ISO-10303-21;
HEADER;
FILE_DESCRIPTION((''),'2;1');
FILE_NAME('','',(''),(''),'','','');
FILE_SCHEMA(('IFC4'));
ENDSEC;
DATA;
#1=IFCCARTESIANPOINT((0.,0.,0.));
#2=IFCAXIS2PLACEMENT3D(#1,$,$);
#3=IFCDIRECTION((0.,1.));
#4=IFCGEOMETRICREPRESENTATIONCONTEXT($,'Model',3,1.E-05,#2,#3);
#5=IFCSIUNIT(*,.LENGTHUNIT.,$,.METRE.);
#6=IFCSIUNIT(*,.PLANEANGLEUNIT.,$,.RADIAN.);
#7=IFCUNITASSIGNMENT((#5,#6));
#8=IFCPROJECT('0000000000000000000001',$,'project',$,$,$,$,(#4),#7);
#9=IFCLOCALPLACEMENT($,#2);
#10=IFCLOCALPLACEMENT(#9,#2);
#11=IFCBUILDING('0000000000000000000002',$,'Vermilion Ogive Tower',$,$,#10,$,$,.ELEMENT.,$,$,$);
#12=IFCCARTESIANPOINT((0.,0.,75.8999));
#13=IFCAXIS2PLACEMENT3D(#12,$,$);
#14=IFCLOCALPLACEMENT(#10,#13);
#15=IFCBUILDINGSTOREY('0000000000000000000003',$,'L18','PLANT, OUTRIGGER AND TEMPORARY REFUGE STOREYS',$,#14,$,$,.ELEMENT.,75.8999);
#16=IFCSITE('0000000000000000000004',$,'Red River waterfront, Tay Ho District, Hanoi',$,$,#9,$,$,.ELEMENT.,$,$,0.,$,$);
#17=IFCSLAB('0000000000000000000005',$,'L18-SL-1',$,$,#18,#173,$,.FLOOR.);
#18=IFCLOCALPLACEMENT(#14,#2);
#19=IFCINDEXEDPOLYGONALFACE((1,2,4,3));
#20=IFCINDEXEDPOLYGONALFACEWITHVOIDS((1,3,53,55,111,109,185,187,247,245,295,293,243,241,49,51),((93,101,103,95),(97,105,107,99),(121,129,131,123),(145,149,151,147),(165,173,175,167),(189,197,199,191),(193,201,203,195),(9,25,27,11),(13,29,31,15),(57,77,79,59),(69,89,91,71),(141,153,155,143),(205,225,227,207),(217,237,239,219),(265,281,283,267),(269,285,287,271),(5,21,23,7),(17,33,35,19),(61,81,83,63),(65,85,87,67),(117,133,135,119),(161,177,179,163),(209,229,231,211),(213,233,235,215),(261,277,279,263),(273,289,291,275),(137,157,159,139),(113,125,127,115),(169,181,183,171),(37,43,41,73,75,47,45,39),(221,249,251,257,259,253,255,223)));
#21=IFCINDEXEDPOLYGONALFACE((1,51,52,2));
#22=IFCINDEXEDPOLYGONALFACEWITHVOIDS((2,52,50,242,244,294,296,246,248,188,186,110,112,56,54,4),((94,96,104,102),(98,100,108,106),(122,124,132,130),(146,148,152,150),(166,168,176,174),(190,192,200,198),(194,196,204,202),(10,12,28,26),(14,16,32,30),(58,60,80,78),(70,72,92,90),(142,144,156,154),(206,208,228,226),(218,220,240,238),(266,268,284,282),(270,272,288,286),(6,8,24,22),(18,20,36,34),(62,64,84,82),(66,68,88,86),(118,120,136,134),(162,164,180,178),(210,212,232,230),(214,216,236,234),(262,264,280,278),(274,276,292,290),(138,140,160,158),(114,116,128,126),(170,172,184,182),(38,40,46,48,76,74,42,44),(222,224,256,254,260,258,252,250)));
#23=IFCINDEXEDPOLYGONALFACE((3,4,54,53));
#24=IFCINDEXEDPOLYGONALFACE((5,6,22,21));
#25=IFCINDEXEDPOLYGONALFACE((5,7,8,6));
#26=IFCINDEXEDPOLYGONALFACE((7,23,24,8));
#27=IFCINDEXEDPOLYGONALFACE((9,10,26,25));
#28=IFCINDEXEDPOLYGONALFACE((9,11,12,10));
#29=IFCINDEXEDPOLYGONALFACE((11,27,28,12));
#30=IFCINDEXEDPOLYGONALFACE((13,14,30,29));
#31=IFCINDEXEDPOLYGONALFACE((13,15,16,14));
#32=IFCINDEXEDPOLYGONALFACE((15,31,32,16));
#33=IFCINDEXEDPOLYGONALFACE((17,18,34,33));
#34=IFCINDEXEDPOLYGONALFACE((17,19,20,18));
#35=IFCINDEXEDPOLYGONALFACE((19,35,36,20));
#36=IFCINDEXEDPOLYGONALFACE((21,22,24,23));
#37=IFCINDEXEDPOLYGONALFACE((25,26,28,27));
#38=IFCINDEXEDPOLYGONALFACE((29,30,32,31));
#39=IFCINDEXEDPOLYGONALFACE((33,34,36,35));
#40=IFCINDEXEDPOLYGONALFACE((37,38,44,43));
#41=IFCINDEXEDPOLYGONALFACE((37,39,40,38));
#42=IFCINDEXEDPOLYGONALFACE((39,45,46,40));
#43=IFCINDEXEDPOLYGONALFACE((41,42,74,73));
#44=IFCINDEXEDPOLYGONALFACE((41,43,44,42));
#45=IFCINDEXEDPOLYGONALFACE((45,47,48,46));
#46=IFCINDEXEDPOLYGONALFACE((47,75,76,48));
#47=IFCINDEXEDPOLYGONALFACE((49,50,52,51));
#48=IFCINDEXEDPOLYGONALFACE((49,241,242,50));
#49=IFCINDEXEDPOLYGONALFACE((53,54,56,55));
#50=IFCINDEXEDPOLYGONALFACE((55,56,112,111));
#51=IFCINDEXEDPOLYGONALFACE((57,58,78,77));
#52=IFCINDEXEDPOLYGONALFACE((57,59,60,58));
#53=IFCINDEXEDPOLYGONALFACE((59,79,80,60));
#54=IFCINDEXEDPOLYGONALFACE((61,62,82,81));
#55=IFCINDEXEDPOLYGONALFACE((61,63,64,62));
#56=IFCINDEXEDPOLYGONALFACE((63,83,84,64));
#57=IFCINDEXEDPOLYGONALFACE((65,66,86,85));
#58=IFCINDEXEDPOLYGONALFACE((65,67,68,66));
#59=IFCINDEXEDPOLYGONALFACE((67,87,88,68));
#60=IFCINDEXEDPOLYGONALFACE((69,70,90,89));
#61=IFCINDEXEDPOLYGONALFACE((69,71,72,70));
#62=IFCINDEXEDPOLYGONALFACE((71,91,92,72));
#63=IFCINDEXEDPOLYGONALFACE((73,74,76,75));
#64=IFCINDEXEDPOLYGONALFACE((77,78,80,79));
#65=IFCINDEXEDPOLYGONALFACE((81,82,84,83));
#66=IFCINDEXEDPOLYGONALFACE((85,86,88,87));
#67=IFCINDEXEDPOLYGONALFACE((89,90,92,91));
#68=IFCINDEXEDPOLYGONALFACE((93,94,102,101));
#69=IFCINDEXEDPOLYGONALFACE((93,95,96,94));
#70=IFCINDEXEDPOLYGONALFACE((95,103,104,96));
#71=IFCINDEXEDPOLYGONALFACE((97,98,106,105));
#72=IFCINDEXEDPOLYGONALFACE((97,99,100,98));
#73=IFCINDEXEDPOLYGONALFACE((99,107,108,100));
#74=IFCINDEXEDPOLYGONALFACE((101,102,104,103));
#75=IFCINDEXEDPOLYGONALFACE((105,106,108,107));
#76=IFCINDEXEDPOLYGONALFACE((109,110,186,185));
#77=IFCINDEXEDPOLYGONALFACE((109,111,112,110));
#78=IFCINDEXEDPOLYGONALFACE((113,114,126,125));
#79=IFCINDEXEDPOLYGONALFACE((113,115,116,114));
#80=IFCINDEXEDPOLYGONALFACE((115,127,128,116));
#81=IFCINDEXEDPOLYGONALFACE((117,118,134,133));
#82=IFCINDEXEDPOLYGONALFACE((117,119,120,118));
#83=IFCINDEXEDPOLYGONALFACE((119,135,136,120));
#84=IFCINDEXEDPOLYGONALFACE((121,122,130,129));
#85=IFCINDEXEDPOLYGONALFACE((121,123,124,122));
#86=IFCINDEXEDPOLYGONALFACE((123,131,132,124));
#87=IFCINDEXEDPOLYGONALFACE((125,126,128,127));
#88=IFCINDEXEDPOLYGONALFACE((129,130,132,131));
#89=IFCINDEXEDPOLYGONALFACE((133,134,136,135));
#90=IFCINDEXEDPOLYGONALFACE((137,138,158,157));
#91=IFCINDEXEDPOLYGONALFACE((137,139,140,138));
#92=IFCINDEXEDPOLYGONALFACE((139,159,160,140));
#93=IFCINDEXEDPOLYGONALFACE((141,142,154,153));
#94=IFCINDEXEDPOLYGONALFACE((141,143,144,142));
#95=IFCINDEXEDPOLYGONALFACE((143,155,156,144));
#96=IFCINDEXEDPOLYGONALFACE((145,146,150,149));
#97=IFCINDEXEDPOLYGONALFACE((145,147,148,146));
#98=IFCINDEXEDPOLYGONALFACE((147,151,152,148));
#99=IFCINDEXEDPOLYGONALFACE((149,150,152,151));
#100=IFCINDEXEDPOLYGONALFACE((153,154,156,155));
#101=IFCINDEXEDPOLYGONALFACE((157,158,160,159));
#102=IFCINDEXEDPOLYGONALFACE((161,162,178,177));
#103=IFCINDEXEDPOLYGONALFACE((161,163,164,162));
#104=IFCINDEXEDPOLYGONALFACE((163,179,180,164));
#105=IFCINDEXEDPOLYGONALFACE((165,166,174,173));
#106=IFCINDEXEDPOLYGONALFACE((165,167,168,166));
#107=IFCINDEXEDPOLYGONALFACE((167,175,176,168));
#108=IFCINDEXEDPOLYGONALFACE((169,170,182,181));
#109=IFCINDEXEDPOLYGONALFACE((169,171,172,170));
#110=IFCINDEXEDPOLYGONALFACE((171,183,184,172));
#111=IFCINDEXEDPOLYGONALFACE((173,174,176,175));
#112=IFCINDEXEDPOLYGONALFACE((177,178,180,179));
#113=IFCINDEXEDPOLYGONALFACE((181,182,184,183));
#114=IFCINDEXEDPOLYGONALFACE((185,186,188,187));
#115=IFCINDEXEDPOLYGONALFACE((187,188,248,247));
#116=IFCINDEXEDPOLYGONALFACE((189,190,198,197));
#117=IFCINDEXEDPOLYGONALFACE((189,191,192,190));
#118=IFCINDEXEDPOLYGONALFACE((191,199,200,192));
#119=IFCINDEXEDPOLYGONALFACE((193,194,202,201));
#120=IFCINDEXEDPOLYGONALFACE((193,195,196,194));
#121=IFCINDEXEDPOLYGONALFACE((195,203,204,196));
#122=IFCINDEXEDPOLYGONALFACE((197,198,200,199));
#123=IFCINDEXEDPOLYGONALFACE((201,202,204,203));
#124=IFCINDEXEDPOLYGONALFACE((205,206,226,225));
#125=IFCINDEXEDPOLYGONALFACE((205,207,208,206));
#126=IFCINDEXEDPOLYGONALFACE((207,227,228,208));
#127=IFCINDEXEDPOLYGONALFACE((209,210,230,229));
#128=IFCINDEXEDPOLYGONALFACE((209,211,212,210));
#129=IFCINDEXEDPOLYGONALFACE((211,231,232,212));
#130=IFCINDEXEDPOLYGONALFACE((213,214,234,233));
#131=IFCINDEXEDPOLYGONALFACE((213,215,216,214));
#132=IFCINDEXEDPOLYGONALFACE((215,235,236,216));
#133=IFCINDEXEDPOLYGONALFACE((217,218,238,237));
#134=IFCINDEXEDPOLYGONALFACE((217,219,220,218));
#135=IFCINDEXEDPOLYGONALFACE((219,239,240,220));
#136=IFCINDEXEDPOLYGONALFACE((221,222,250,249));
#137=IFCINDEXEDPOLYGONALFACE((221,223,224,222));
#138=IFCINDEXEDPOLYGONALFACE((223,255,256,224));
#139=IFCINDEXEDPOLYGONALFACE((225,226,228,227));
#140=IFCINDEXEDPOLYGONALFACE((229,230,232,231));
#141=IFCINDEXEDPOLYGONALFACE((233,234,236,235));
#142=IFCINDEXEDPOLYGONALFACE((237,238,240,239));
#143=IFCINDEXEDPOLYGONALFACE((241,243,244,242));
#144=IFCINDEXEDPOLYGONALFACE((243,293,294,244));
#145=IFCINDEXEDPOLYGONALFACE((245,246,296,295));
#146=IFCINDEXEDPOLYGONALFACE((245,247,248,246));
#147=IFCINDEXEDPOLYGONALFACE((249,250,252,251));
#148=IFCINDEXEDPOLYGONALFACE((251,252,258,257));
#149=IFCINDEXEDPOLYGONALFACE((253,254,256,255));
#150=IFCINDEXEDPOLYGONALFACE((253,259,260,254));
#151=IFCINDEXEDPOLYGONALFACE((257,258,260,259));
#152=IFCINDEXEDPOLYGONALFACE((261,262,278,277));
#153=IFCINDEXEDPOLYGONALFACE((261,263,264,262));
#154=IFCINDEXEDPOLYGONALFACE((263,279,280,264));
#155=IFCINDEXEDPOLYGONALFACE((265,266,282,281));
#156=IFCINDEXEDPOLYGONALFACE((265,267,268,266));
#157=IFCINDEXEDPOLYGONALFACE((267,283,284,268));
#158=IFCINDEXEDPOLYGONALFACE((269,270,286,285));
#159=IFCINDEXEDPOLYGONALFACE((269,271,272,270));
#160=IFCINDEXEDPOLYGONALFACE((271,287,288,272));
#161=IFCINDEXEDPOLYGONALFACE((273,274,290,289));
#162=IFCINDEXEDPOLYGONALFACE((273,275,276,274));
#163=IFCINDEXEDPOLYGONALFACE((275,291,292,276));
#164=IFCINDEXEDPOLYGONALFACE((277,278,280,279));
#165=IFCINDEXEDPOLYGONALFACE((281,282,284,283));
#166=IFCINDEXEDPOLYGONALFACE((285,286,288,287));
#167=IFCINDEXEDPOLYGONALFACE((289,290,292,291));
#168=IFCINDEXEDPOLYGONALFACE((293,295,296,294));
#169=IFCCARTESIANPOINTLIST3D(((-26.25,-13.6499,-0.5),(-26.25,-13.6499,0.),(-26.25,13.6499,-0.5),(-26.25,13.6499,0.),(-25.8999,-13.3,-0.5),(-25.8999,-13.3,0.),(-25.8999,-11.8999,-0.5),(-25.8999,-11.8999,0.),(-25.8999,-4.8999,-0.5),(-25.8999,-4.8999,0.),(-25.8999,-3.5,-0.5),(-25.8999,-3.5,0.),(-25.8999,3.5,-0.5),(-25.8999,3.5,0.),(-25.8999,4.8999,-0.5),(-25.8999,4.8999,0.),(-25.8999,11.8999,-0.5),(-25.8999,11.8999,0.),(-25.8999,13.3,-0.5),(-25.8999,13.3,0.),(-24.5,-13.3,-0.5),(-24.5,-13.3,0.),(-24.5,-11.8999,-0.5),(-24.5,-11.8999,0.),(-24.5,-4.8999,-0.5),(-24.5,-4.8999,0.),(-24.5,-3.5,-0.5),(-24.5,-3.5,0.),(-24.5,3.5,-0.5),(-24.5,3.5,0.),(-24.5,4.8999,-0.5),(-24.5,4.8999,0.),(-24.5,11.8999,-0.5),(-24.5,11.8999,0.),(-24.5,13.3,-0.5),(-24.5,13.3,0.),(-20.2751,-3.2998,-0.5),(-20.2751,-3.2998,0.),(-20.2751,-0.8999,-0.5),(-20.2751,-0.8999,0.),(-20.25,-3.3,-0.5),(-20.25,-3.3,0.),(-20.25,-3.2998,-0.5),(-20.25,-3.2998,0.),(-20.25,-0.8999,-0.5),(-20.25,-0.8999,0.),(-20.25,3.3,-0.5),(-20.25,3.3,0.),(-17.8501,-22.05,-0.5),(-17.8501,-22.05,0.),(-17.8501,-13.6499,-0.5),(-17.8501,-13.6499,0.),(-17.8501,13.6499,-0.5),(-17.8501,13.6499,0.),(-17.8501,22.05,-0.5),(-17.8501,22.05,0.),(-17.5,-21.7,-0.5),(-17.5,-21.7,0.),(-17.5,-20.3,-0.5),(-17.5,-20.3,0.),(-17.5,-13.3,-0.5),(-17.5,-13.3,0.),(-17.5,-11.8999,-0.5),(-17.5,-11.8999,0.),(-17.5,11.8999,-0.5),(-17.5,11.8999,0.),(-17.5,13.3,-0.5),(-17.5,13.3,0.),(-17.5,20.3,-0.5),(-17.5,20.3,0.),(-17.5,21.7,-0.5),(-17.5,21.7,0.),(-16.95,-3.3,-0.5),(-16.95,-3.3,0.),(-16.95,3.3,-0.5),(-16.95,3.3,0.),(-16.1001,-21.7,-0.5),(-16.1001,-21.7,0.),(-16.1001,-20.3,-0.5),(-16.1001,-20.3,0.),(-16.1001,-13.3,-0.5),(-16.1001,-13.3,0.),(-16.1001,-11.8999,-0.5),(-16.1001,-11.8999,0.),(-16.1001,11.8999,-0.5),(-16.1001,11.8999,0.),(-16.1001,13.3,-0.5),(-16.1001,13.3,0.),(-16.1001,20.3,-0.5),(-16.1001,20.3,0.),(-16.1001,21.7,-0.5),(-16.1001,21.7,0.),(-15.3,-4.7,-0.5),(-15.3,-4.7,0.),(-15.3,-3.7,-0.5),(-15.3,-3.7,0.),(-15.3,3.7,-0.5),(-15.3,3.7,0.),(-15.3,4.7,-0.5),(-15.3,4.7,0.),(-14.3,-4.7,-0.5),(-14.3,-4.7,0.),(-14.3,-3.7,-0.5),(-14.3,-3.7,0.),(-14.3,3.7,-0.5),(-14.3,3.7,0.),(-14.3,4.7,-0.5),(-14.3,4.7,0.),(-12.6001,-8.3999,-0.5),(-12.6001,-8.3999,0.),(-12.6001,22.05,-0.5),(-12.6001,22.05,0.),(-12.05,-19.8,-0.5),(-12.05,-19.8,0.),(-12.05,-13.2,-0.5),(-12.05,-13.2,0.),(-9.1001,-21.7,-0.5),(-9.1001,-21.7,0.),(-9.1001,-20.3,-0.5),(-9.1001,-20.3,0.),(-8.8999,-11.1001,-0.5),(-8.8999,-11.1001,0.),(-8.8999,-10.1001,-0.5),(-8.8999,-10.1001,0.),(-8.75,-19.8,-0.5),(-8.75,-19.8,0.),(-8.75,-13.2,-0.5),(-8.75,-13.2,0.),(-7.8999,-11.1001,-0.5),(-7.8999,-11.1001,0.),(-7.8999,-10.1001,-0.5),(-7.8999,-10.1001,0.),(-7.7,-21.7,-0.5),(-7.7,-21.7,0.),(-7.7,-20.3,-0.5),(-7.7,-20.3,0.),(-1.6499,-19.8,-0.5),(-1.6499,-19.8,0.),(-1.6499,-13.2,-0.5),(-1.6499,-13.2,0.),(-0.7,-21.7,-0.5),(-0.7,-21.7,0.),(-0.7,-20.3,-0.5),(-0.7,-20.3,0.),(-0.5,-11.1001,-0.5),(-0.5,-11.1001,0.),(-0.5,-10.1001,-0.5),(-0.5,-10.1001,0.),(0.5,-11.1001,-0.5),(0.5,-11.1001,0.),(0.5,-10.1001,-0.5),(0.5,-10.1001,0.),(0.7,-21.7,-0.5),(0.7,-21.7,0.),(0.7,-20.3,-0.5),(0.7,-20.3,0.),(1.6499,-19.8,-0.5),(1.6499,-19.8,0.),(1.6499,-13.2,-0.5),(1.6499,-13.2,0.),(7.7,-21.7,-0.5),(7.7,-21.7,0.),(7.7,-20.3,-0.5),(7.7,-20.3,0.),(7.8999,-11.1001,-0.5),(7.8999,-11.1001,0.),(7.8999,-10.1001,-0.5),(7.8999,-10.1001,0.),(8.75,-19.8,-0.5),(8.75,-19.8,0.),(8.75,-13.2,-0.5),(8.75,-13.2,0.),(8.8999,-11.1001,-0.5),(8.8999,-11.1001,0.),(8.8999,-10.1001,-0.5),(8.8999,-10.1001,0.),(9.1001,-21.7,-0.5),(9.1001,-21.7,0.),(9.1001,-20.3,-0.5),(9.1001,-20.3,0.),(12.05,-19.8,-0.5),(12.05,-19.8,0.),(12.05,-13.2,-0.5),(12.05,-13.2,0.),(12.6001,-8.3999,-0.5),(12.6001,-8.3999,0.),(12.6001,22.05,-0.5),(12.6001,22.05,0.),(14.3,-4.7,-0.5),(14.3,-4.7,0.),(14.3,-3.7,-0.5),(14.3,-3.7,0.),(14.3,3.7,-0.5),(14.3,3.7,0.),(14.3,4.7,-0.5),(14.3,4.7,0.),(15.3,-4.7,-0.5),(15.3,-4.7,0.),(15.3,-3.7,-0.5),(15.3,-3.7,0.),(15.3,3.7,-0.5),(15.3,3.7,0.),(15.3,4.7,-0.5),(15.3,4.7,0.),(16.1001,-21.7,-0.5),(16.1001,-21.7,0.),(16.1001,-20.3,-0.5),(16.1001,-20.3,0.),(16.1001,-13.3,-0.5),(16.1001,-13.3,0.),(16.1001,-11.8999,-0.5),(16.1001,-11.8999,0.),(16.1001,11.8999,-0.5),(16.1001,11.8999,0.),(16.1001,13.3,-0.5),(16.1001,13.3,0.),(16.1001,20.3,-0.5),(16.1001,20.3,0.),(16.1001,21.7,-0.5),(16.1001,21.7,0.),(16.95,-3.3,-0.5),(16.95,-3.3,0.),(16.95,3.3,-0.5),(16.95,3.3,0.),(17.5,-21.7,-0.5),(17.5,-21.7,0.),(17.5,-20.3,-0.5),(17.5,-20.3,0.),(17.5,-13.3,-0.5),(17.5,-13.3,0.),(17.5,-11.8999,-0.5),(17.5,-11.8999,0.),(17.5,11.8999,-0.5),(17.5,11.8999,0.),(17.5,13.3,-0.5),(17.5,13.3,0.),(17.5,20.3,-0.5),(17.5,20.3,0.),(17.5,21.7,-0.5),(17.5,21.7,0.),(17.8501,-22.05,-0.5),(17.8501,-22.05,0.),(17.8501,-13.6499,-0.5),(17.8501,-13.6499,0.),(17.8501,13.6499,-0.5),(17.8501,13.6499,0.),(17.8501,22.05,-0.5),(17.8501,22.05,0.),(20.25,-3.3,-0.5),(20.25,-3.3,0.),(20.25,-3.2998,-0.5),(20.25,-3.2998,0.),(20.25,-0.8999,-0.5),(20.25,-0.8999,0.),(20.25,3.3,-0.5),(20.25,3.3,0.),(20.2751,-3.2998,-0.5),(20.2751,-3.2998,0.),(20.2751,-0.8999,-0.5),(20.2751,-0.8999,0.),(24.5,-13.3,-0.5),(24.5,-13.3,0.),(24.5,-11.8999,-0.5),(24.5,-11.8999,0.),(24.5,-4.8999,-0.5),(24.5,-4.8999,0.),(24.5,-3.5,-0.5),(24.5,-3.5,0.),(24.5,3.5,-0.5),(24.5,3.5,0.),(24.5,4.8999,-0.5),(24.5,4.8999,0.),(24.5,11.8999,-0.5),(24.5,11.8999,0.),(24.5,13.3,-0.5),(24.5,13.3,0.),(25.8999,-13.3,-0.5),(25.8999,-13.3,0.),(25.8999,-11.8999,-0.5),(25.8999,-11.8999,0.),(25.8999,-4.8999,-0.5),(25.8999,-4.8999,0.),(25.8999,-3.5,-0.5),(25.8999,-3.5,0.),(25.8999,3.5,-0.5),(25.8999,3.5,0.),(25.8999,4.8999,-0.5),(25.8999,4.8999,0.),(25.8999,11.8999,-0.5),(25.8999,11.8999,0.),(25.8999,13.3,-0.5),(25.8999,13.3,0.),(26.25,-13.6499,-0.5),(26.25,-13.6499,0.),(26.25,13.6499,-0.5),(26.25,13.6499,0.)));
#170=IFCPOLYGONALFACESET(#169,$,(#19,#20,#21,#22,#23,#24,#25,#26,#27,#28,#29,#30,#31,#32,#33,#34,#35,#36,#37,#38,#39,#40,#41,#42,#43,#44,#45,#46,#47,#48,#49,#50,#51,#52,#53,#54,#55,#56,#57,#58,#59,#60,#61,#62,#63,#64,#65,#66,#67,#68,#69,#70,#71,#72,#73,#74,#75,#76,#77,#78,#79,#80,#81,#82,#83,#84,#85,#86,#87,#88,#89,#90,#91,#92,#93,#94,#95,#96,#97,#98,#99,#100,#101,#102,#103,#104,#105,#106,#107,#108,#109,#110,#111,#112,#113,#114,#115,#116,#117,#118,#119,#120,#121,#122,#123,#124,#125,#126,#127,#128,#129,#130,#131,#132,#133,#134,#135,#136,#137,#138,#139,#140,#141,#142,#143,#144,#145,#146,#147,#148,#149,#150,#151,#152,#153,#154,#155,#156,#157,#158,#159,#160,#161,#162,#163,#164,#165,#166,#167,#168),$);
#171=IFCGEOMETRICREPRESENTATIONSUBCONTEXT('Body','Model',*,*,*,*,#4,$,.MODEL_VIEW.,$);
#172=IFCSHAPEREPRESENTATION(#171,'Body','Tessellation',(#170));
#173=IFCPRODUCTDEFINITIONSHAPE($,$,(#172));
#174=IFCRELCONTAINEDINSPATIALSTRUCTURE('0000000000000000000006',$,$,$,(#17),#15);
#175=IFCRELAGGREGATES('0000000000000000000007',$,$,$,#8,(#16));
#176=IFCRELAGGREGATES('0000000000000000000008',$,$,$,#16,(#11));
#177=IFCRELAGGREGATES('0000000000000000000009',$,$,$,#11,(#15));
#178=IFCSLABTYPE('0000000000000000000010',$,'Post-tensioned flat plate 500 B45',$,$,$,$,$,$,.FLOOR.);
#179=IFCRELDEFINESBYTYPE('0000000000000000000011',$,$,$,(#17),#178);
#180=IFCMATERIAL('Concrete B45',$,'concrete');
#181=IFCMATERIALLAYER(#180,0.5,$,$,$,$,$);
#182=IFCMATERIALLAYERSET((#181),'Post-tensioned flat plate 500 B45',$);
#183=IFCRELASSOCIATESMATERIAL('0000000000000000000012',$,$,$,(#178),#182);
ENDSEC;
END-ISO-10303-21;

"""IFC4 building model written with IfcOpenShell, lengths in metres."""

from ifc_helpers import new_model, si_unit, direction, frame, origin, place, context, subcontext, project, spatial, polyline, outline, extrude, material, layer, layer_set, type_object, element, save


model = new_model("IFC4")

# Units and contexts
model_context = context("Model", 3, precision=1e-05, world=origin(), true_north=direction((0.0, 1.0)))
body_context = subcontext(model_context, "Body", "Model", "MODEL_VIEW")
ifc_project = project(units=[si_unit("LENGTHUNIT", "METRE"), si_unit("PLANEANGLEUNIT", "RADIAN")], contexts=[model_context])

# Site, building, storey
site_placement = place(None, origin())
site = spatial("IfcSite", under=ifc_project, at=site_placement, Name="Red River waterfront, Tay Ho District, Hanoi", CompositionType="ELEMENT", RefElevation=0.0)
building_placement = place(site_placement, origin())
building = spatial("IfcBuilding", under=site, at=building_placement, Name="Vermilion Ogive Tower", CompositionType="ELEMENT")
storey_placement = place(building_placement, frame((0.0, 0.0, 75.8999)))
storey = spatial("IfcBuildingStorey", under=building, at=storey_placement, Name="L18", Description="PLANT, OUTRIGGER AND TEMPORARY REFUGE STOREYS", CompositionType="ELEMENT", Elevation=75.8999)

# Slab
ifc_material_1 = material(Name="Concrete B45", Category="concrete")
ifc_layer_1 = layer(ifc_material_1, 0.5)
ifc_layer_set_1 = layer_set([ifc_layer_1], Name="Post-tensioned flat plate 500 B45")
slab_type = type_object("IfcSlabType", Name="Post-tensioned flat plate 500 B45", PredefinedType="FLOOR", material=ifc_layer_set_1)
slab_placement = place(storey_placement, frame((0.0, 0.0, -0.5)))
element("IfcSlab", 1, at=slab_placement, inside=storey, type_object=slab_type, Name="L18-SL-1", PredefinedType="FLOOR", context=body_context, shape_type="SweptSolid", body=[
    extrude(outline(polyline([(-26.25, 13.6499), (-26.25, -13.6499), (-17.8501, -13.6499), (-17.8501, -22.05), (17.8501, -22.05), (17.8501, -13.6499), (26.25, -13.6499), (26.25, 13.6499), (17.8501, 13.6499), (17.8501, 22.05), (12.6001, 22.05), (12.6001, -8.3999), (-12.6001, -8.3999), (-12.6001, 22.05), (-17.8501, 22.05), (-17.8501, 13.6499), (-26.25, 13.6499)]), holes=[polyline([(24.5, 13.3), (25.8999, 13.3), (25.8999, 11.8999), (24.5, 11.8999), (24.5, 13.3)]), polyline([(24.5, -3.5), (25.8999, -3.5), (25.8999, -4.8999), (24.5, -4.8999), (24.5, -3.5)]), polyline([(24.5, -11.8999), (25.8999, -11.8999), (25.8999, -13.3), (24.5, -13.3), (24.5, -11.8999)]), polyline([(25.8999, 4.8999), (25.8999, 3.5), (24.5, 3.5), (24.5, 4.8999), (25.8999, 4.8999)]), polyline([(20.2751, -3.2998), (20.25, -3.2998), (20.25, -3.3), (16.95, -3.3), (16.95, 3.3), (20.25, 3.3), (20.25, -0.8999), (20.2751, -0.8999), (20.2751, -3.2998)]), polyline([(16.1001, -11.8999), (17.5, -11.8999), (17.5, -13.3), (16.1001, -13.3), (16.1001, -11.8999)]), polyline([(17.5, 21.7), (17.5, 20.3), (16.1001, 20.3), (16.1001, 21.7), (17.5, 21.7)]), polyline([(16.1001, -20.3), (17.5, -20.3), (17.5, -21.7), (16.1001, -21.7), (16.1001, -20.3)]), polyline([(16.1001, 13.3), (17.5, 13.3), (17.5, 11.8999), (16.1001, 11.8999), (16.1001, 13.3)]), polyline([(14.3, 4.7), (15.3, 4.7), (15.3, 3.7), (14.3, 3.7), (14.3, 4.7)]), polyline([(15.3, -3.7), (15.3, -4.7), (14.3, -4.7), (14.3, -3.7), (15.3, -3.7)]), polyline([(8.75, -13.2), (12.05, -13.2), (12.05, -19.8), (8.75, -19.8), (8.75, -13.2)]), polyline([(7.7, -20.3), (9.1001, -20.3), (9.1001, -21.7), (7.7, -21.7), (7.7, -20.3)]), polyline([(7.8999, -10.1001), (8.8999, -10.1001), (8.8999, -11.1001), (7.8999, -11.1001), (7.8999, -10.1001)]), polyline([(-1.6499, -13.2), (1.6499, -13.2), (1.6499, -19.8), (-1.6499, -19.8), (-1.6499, -13.2)]), polyline([(-0.7, -20.3), (0.7, -20.3), (0.7, -21.7), (-0.7, -21.7), (-0.7, -20.3)]), polyline([(-0.5, -10.1001), (0.5, -10.1001), (0.5, -11.1001), (-0.5, -11.1001), (-0.5, -10.1001)]), polyline([(-9.1001, -20.3), (-7.7, -20.3), (-7.7, -21.7), (-9.1001, -21.7), (-9.1001, -20.3)]), polyline([(-7.8999, -10.1001), (-7.8999, -11.1001), (-8.8999, -11.1001), (-8.8999, -10.1001), (-7.8999, -10.1001)]), polyline([(-12.05, -13.2), (-8.75, -13.2), (-8.75, -19.8), (-12.05, -19.8), (-12.05, -13.2)]), polyline([(-15.3, -3.7), (-14.3, -3.7), (-14.3, -4.7), (-15.3, -4.7), (-15.3, -3.7)]), polyline([(-14.3, 4.7), (-14.3, 3.7), (-15.3, 3.7), (-15.3, 4.7), (-14.3, 4.7)]), polyline([(-17.5, 13.3), (-16.1001, 13.3), (-16.1001, 11.8999), (-17.5, 11.8999), (-17.5, 13.3)]), polyline([(-17.5, -11.8999), (-16.1001, -11.8999), (-16.1001, -13.3), (-17.5, -13.3), (-17.5, -11.8999)]), polyline([(-17.5, -20.3), (-16.1001, -20.3), (-16.1001, -21.7), (-17.5, -21.7), (-17.5, -20.3)]), polyline([(-16.1001, 21.7), (-16.1001, 20.3), (-17.5, 20.3), (-17.5, 21.7), (-16.1001, 21.7)]), polyline([(-20.25, -3.3), (-20.25, -3.2998), (-20.2751, -3.2998), (-20.2751, -0.8999), (-20.25, -0.8999), (-20.25, 3.3), (-16.95, 3.3), (-16.95, -3.3), (-20.25, -3.3)]), polyline([(-24.5, -3.5), (-24.5, -4.8999), (-25.8999, -4.8999), (-25.8999, -3.5), (-24.5, -3.5)]), polyline([(-25.8999, 4.8999), (-24.5, 4.8999), (-24.5, 3.5), (-25.8999, 3.5), (-25.8999, 4.8999)]), polyline([(-25.8999, -11.8999), (-24.5, -11.8999), (-24.5, -13.3), (-25.8999, -13.3), (-25.8999, -11.8999)]), polyline([(-24.5, 13.3), (-24.5, 11.8999), (-25.8999, 11.8999), (-25.8999, 13.3), (-24.5, 13.3)])]), origin(), (0.0, 0.0, 1.0), 0.5),
])

save(model, "model.ifc")
